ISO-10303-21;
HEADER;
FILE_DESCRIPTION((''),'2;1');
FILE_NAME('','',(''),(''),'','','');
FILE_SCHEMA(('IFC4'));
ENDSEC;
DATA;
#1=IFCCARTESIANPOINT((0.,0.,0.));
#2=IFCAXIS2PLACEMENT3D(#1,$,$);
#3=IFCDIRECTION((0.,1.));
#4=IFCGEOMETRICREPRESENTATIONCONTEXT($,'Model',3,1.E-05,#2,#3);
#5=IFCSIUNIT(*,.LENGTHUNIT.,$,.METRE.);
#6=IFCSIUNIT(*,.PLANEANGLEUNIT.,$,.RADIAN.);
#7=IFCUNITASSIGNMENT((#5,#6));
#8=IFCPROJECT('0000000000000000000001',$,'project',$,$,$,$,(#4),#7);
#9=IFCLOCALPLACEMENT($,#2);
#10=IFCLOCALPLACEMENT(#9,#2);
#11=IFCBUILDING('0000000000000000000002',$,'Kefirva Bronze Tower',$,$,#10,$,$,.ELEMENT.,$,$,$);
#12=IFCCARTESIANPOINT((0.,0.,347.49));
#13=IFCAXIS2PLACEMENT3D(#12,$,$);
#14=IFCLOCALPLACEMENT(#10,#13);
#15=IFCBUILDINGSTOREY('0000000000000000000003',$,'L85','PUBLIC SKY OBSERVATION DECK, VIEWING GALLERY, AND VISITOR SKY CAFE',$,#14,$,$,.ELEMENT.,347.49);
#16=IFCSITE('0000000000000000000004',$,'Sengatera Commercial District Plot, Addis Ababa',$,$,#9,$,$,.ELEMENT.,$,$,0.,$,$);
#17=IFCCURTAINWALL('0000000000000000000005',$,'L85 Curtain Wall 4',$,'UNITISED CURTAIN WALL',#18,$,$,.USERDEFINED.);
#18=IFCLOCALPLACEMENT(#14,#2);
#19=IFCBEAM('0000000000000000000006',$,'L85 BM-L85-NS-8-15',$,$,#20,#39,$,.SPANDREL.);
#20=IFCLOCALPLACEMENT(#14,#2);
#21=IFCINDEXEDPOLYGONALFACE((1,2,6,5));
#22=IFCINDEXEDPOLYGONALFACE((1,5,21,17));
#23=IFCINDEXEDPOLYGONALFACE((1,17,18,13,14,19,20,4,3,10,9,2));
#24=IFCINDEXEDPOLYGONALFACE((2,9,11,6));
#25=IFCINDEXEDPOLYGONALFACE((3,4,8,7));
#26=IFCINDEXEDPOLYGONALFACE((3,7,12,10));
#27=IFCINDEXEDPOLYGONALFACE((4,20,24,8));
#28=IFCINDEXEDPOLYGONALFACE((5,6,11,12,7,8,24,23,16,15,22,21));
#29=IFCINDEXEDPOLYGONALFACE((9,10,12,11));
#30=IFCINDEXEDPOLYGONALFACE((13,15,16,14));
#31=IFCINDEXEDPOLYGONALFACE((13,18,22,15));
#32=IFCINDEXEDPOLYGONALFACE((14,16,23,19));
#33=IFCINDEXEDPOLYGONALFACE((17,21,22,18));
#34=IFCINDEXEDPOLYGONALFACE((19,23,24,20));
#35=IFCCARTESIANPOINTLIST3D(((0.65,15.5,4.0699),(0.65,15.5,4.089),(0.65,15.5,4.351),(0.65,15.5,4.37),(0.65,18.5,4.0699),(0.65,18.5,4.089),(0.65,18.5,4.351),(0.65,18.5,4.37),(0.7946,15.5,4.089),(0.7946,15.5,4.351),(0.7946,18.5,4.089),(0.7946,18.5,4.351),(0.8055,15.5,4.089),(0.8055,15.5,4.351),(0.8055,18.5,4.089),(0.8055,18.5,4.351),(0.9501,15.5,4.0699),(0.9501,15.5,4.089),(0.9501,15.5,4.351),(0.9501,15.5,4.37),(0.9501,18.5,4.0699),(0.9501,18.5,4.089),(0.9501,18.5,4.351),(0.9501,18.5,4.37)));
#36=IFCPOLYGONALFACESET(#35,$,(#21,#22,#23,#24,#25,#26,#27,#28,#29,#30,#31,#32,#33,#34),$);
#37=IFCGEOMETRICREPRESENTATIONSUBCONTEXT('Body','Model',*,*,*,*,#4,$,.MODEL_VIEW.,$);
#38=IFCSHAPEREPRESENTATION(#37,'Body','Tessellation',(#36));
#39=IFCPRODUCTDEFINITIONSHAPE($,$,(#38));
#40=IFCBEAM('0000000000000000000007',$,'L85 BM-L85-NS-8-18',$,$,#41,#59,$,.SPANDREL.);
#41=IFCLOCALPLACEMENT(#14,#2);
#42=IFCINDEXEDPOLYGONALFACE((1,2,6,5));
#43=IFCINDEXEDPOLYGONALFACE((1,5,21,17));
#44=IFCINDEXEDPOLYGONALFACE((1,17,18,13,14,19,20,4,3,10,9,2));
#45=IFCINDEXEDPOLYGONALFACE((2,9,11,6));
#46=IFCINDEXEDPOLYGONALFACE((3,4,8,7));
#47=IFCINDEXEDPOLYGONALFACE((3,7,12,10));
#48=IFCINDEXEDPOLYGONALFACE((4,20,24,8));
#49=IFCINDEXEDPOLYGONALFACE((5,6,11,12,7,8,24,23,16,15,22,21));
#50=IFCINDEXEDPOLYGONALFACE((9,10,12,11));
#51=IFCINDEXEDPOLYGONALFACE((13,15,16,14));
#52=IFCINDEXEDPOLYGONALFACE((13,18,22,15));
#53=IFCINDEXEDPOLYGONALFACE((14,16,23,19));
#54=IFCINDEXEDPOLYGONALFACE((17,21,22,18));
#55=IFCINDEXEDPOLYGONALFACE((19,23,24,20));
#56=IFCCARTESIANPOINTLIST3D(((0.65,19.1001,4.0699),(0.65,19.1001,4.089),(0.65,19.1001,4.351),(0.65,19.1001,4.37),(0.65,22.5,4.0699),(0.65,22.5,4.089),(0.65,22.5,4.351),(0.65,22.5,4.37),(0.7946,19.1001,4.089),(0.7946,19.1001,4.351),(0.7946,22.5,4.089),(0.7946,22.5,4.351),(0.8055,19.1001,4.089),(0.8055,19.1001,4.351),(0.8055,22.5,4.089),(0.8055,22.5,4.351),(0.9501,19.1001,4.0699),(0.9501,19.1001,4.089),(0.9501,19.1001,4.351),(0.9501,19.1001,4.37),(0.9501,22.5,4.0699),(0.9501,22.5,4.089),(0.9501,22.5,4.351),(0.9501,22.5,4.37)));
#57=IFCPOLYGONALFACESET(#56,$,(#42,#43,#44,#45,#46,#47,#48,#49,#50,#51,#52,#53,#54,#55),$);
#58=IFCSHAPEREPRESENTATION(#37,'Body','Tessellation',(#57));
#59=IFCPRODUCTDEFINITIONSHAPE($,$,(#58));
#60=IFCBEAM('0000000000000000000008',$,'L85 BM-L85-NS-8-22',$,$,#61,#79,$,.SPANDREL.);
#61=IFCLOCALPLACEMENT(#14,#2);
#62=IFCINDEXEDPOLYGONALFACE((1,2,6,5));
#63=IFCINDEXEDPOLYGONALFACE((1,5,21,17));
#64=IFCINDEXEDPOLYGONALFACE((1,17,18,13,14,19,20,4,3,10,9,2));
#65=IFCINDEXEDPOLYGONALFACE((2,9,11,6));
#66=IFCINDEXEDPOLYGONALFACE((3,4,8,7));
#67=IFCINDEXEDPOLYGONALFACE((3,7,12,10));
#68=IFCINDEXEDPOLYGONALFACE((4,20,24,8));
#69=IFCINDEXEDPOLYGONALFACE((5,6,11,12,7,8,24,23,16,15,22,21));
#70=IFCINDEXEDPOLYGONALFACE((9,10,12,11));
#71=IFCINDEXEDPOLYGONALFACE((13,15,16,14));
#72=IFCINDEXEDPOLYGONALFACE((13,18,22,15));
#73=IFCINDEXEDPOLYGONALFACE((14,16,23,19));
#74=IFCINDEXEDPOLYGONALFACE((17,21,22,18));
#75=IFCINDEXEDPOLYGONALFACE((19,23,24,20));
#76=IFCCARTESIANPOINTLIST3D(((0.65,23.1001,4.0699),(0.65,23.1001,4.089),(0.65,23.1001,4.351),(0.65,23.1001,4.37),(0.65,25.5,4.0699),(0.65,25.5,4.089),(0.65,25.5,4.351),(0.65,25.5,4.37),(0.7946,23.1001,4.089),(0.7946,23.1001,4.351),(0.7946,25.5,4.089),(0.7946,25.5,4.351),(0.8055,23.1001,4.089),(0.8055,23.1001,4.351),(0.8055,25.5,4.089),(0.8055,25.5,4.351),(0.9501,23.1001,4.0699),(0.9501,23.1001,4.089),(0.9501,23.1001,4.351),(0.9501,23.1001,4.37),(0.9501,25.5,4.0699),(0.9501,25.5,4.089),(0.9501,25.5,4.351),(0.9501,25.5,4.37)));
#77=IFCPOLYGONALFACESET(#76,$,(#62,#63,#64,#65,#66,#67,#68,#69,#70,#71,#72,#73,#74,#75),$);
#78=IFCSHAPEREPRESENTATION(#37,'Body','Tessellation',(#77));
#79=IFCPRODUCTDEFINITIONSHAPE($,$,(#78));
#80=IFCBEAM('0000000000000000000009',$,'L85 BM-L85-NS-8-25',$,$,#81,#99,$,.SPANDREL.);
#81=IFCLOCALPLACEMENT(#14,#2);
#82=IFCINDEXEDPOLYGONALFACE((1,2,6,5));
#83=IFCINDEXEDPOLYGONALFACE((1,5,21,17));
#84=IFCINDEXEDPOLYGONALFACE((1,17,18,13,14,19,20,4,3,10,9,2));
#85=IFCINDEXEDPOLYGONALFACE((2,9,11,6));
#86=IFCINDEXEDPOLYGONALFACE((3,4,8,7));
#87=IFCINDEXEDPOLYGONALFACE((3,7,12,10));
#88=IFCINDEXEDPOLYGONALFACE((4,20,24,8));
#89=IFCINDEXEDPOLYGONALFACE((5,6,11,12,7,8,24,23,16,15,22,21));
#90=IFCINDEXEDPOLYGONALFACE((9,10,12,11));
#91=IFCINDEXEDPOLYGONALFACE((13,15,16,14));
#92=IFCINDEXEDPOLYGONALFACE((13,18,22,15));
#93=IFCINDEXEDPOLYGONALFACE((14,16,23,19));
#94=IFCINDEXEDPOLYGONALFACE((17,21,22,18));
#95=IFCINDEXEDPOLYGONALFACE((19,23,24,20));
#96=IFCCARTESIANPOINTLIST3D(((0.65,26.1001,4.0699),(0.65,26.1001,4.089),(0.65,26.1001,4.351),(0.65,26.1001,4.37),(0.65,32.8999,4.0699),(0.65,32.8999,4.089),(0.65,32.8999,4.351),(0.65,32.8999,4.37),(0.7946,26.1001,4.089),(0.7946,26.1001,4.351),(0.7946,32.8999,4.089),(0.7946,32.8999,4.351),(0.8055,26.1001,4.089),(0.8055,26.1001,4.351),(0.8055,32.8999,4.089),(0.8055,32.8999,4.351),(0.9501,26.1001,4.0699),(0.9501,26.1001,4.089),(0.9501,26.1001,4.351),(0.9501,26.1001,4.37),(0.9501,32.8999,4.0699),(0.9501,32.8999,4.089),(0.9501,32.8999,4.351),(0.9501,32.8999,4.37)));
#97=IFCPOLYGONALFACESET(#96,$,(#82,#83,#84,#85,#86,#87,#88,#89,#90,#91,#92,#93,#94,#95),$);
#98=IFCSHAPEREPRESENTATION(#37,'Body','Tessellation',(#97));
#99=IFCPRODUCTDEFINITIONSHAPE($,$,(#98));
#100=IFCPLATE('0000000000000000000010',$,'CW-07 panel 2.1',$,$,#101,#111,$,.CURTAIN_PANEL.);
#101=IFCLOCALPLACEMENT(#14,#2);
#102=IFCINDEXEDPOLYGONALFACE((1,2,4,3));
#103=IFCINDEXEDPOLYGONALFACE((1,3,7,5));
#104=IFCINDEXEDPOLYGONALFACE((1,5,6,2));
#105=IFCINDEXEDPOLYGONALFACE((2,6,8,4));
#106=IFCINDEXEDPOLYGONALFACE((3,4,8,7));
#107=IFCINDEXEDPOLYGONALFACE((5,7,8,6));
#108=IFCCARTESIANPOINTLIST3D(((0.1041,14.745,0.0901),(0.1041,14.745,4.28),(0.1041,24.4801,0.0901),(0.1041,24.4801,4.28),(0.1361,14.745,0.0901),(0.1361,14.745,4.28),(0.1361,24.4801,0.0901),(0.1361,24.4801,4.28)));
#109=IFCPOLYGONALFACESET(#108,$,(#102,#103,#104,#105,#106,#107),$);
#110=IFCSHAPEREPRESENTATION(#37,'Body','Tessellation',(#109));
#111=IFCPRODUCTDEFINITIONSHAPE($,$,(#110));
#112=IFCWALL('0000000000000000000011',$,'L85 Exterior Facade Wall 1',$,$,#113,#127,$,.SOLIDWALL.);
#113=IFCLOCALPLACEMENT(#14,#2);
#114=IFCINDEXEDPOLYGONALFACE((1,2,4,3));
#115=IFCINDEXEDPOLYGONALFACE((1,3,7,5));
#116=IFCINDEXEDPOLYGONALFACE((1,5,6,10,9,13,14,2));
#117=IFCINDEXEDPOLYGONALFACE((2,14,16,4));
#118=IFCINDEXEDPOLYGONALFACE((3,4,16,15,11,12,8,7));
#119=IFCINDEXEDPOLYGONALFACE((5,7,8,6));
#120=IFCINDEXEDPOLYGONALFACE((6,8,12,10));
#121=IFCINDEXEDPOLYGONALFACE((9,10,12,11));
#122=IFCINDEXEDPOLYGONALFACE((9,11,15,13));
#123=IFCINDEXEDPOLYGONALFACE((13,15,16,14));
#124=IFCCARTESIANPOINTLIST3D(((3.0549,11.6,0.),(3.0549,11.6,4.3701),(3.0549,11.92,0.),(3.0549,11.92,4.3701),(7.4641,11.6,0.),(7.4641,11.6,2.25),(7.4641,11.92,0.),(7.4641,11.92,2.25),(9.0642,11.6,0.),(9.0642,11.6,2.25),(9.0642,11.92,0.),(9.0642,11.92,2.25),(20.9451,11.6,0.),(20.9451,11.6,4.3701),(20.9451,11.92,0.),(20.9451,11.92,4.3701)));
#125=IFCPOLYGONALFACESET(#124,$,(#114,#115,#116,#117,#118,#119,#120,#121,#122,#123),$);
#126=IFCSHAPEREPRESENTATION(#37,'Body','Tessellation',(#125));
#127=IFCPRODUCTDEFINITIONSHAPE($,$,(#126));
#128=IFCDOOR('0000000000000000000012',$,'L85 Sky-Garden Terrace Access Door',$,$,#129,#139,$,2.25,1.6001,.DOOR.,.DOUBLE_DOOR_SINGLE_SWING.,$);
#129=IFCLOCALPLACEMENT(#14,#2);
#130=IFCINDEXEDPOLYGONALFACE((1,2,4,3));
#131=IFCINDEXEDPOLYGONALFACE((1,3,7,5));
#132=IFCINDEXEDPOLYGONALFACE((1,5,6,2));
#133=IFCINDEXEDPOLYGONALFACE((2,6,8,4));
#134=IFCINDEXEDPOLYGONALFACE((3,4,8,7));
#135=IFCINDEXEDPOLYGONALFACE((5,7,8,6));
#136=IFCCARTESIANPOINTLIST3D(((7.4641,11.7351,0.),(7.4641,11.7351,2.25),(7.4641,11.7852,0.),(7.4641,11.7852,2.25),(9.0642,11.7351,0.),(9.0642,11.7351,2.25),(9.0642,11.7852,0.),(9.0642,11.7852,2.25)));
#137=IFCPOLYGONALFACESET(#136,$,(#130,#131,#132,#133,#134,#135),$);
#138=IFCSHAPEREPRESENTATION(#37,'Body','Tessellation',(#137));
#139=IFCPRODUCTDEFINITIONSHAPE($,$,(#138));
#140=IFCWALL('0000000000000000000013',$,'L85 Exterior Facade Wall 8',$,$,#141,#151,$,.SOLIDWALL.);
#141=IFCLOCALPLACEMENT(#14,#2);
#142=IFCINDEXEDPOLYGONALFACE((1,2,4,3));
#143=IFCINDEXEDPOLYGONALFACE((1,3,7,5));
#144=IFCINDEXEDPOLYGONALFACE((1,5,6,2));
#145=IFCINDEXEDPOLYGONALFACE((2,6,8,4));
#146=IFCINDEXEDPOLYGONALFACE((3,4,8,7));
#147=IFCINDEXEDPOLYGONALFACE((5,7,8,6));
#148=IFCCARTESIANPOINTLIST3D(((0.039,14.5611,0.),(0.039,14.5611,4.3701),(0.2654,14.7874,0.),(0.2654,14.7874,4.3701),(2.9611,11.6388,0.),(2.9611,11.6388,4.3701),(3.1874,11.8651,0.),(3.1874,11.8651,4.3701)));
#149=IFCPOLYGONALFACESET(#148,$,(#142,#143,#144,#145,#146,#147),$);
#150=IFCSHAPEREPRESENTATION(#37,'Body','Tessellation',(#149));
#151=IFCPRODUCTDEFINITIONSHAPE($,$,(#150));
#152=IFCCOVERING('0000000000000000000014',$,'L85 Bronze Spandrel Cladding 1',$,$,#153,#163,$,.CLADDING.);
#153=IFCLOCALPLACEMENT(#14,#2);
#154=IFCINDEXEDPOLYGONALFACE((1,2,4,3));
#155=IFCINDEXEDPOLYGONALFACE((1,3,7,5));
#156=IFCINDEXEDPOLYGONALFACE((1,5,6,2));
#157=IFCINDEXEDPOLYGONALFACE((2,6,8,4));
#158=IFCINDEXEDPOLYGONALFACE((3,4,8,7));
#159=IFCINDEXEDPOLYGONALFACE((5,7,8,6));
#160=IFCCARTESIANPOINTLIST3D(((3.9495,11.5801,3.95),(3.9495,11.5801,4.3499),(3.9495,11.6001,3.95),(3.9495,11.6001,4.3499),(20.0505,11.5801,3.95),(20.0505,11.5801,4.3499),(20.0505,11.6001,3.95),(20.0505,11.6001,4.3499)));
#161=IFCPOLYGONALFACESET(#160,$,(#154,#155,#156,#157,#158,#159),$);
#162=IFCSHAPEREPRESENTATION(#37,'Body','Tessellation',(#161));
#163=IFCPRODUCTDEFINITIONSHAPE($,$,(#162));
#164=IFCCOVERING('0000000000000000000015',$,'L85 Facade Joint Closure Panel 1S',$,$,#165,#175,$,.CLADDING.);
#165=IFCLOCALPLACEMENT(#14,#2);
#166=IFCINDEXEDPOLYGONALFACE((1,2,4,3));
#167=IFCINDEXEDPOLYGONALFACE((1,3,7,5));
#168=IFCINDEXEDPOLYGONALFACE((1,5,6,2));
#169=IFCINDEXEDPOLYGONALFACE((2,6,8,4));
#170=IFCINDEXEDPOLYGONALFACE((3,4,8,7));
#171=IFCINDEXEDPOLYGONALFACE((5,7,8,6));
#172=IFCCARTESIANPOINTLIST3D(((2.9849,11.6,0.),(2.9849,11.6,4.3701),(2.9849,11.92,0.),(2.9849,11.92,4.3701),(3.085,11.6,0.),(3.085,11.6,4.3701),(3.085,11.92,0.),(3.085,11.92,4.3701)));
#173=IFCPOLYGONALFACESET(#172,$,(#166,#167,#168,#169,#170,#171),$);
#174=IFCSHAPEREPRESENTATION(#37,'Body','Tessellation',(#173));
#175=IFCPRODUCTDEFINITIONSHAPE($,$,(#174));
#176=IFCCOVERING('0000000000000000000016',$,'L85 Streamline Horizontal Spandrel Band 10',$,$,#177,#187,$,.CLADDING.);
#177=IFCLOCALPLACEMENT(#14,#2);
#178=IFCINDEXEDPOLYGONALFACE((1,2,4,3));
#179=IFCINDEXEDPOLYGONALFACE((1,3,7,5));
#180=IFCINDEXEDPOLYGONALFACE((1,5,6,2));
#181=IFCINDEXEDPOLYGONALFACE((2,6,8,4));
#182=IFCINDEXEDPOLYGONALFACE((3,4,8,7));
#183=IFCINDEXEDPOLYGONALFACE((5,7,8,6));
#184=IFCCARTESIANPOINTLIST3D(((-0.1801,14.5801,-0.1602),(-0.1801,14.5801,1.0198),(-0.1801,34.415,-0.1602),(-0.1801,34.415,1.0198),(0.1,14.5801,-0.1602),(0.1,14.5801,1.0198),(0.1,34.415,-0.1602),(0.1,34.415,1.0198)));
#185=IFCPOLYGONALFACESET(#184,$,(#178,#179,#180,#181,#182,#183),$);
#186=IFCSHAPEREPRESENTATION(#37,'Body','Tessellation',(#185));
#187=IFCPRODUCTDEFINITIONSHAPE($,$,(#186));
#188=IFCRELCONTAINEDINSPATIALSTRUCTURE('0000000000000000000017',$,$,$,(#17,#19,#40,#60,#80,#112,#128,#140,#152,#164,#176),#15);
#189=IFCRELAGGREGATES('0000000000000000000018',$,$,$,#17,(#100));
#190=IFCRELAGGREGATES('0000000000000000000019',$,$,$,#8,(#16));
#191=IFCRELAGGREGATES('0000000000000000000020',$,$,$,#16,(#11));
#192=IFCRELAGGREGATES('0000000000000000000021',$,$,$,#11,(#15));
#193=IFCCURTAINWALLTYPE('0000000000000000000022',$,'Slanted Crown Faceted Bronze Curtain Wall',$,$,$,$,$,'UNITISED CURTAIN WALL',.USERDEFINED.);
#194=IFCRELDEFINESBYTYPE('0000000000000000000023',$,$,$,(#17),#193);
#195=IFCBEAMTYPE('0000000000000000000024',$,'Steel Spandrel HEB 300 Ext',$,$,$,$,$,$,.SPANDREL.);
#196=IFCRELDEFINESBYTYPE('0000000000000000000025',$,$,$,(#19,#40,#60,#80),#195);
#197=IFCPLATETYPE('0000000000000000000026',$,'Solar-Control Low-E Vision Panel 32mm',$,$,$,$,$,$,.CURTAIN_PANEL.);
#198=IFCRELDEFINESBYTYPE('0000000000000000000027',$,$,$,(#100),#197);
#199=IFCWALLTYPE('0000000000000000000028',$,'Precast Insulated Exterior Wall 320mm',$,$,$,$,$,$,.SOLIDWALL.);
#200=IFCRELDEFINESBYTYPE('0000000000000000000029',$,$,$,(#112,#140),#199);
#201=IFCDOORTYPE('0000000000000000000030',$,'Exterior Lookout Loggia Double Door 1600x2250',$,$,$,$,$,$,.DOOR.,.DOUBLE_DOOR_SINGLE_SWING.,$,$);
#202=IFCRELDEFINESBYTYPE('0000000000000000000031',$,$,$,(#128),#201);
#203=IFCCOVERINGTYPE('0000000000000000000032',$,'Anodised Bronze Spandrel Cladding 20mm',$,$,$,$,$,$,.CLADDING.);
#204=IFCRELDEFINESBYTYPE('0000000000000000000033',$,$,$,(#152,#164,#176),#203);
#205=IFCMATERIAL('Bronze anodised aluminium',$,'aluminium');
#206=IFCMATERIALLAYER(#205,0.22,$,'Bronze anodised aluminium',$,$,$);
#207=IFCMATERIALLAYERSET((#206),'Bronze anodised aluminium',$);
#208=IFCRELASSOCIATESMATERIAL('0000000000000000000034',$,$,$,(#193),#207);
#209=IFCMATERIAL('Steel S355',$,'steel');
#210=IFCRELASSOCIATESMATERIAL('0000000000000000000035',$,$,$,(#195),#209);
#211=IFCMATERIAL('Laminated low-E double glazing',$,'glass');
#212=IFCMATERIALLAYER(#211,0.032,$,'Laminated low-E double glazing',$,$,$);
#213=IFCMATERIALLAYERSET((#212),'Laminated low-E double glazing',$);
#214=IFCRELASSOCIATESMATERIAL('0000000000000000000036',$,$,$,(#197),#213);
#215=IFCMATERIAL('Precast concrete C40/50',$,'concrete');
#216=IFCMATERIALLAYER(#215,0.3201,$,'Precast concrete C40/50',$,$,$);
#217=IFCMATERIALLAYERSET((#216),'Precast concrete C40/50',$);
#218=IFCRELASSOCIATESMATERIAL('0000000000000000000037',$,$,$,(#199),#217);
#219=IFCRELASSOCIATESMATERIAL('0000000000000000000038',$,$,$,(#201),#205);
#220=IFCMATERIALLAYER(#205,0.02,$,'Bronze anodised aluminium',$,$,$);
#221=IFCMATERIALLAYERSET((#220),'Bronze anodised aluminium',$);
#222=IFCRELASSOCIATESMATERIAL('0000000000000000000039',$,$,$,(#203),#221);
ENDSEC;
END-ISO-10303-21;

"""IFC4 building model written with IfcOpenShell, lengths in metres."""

from ifc_helpers import new_model, si_unit, direction, frame, frame_2d, origin, origin_2d, place, context, subcontext, project, spatial, rectangle, i_section, extrude, material, layer, layer_set, material_profile, profile_set, type_object, element, fill, aggregate, save


model = new_model("IFC4")

# Units and contexts
model_context = context("Model", 3, precision=1e-05, world=origin(), true_north=direction((0.0, 1.0)))
body_context = subcontext(model_context, "Body", "Model", "MODEL_VIEW")
ifc_project = project(units=[si_unit("LENGTHUNIT", "METRE"), si_unit("PLANEANGLEUNIT", "RADIAN")], contexts=[model_context])

# Site, building, storey
site_placement = place(None, origin())
site = spatial("IfcSite", under=ifc_project, at=site_placement, Name="Sengatera Commercial District Plot, Addis Ababa", CompositionType="ELEMENT", RefElevation=0.0)
building_placement = place(site_placement, origin())
building = spatial("IfcBuilding", under=site, at=building_placement, Name="Kefirva Bronze Tower", CompositionType="ELEMENT")
storey_placement = place(building_placement, frame((0.0, 0.0, 347.49)))
storey = spatial("IfcBuildingStorey", under=building, at=storey_placement, Name="L85", Description="PUBLIC SKY OBSERVATION DECK, VIEWING GALLERY, AND VISITOR SKY CAFE", CompositionType="ELEMENT", Elevation=347.49)

# Curtain wall
ifc_material_1 = material(Name="Bronze anodised aluminium", Category="aluminium")
ifc_layer_1 = layer(ifc_material_1, 0.22, Name="Bronze anodised aluminium")
ifc_layer_set_1 = layer_set([ifc_layer_1], Name="Bronze anodised aluminium")
curtain_wall_type = type_object("IfcCurtainWallType", Name="Slanted Crown Faceted Bronze Curtain Wall", ElementType="UNITISED CURTAIN WALL", PredefinedType="USERDEFINED", material=ifc_layer_set_1)
curtain_wall_placement = place(storey_placement, origin())
curtain_wall = element("IfcCurtainWall", 1, at=curtain_wall_placement, inside=storey, type_object=curtain_wall_type, Name="L85 Curtain Wall 4", ObjectType="UNITISED CURTAIN WALL", PredefinedType="USERDEFINED")

# Beams
ifc_material_2 = material(Name="Steel S355", Category="steel")
ifc_material_profile_1 = material_profile(ifc_material_2, i_section(OverallWidth=0.3, OverallDepth=0.3, WebThickness=0.011, FlangeThickness=0.019, at=origin_2d()), Name="HEB 300")
ifc_profile_set_1 = profile_set([ifc_material_profile_1], Name="Steel S355")
beam_type_1 = type_object("IfcBeamType", Name="Steel Spandrel HEB 300 Ext", PredefinedType="SPANDREL", material=ifc_profile_set_1)
beam_1_placement = place(storey_placement, frame((0.8, 15.5, 4.22), z_axis=(0.0, 1.0, 0.0), x_axis=(-1.0, 0.0, 0.0)))
element("IfcBeam", 2, at=beam_1_placement, inside=storey, type_object=beam_type_1, Name="L85 BM-L85-NS-8-15", PredefinedType="SPANDREL", context=body_context, shape_type="SweptSolid", body=[
    extrude(i_section(OverallWidth=0.3, OverallDepth=0.3, WebThickness=0.011, FlangeThickness=0.019, at=origin_2d()), origin(), (0.0, 0.0, 1.0), 3.0),
])
beam_2_placement = place(storey_placement, frame((0.8, 19.1001, 4.22), z_axis=(0.0, 1.0, 0.0), x_axis=(-1.0, 0.0, 0.0)))
element("IfcBeam", 3, at=beam_2_placement, inside=storey, type_object=beam_type_1, Name="L85 BM-L85-NS-8-18", PredefinedType="SPANDREL", context=body_context, shape_type="SweptSolid", body=[
    extrude(i_section(OverallWidth=0.3, OverallDepth=0.3, WebThickness=0.011, FlangeThickness=0.019, at=origin_2d()), origin(), (0.0, 0.0, 1.0), 3.3999),
])
beam_3_placement = place(storey_placement, frame((0.8, 23.1001, 4.22), z_axis=(0.0, 1.0, 0.0), x_axis=(-1.0, 0.0, 0.0)))
element("IfcBeam", 4, at=beam_3_placement, inside=storey, type_object=beam_type_1, Name="L85 BM-L85-NS-8-22", PredefinedType="SPANDREL", context=body_context, shape_type="SweptSolid", body=[
    extrude(i_section(OverallWidth=0.3, OverallDepth=0.3, WebThickness=0.011, FlangeThickness=0.019, at=origin_2d()), origin(), (0.0, 0.0, 1.0), 2.3999),
])
beam_4_placement = place(storey_placement, frame((0.8, 26.1001, 4.22), z_axis=(0.0, 1.0, 0.0), x_axis=(-1.0, 0.0, 0.0)))
element("IfcBeam", 5, at=beam_4_placement, inside=storey, type_object=beam_type_1, Name="L85 BM-L85-NS-8-25", PredefinedType="SPANDREL", context=body_context, shape_type="SweptSolid", body=[
    extrude(i_section(OverallWidth=0.3, OverallDepth=0.3, WebThickness=0.011, FlangeThickness=0.019, at=origin_2d()), origin(), (0.0, 0.0, 1.0), 6.7998),
])

# Plate
ifc_material_3 = material(Name="Laminated low-E double glazing", Category="glass")
ifc_layer_2 = layer(ifc_material_3, 0.032, Name="Laminated low-E double glazing")
ifc_layer_set_2 = layer_set([ifc_layer_2], Name="Laminated low-E double glazing")
plate_type = type_object("IfcPlateType", Name="Solar-Control Low-E Vision Panel 32mm", PredefinedType="CURTAIN_PANEL", material=ifc_layer_set_2)
plate_placement = place(storey_placement, frame((0.1201, 19.6125, 0.0901), z_axis=(0.0, 0.0, 1.0), x_axis=(0.0, -1.0, 0.0)))
plate = element("IfcPlate", 6, at=plate_placement, type_object=plate_type, Name="CW-07 panel 2.1", PredefinedType="CURTAIN_PANEL", context=body_context, shape_type="SweptSolid", body=[
    extrude(rectangle(XDim=9.7351, YDim=0.032, at=origin_2d()), origin(), (0.0, 0.0, 1.0), 4.1899),
])
aggregate(curtain_wall, [plate])

# Wall, opening, door
ifc_material_4 = material(Name="Precast concrete C40/50", Category="concrete")
ifc_layer_3 = layer(ifc_material_4, 0.3201, Name="Precast concrete C40/50")
ifc_layer_set_3 = layer_set([ifc_layer_3], Name="Precast concrete C40/50")
wall_type = type_object("IfcWallType", Name="Precast Insulated Exterior Wall 320mm", PredefinedType="SOLIDWALL", material=ifc_layer_set_3)
wall_1_placement = place(storey_placement, frame((3.0549, 11.76, 0.0), z_axis=(0.0, 0.0, 1.0), x_axis=(1.0, 0.0, 0.0)))
wall_1 = element("IfcWall", 7, at=wall_1_placement, inside=storey, type_object=wall_type, Name="L85 Exterior Facade Wall 1", PredefinedType="SOLIDWALL", context=body_context, shape_type="SweptSolid", body=[
    extrude(rectangle(XDim=17.8901, YDim=0.3201, at=frame_2d((8.9451, 0.0))), origin(), (0.0, 0.0, 1.0), 4.3701),
])
opening_placement = place(wall_1_placement, frame((6.0093, 0.0, 0.0), z_axis=(0.0, 0.0, 1.0), x_axis=(-1.0, 0.0, 0.0)))
opening = element("IfcOpeningElement", 8, at=opening_placement, cuts=wall_1, PredefinedType="OPENING", context=body_context, shape_type="SweptSolid", body=[
    extrude(rectangle(XDim=1.6001, YDim=2.25, at=frame_2d((0.8, 1.125))), frame((0.0, 0.1699, 0.0), z_axis=(0.0, -1.0, 0.0), x_axis=(1.0, 0.0, 0.0)), (0.0, 0.0, 1.0), 0.3401),
])
door_type = type_object("IfcDoorType", Name="Exterior Lookout Loggia Double Door 1600x2250", OperationType="DOUBLE_DOOR_SINGLE_SWING", PredefinedType="DOOR", material=ifc_material_1)
door_placement = place(opening_placement, origin())
door = element("IfcDoor", 9, at=door_placement, inside=storey, type_object=door_type, Name="L85 Sky-Garden Terrace Access Door", OperationType="DOUBLE_DOOR_SINGLE_SWING", OverallHeight=2.25, OverallWidth=1.6001, PredefinedType="DOOR", context=body_context, shape_type="SweptSolid", body=[
    extrude(rectangle(XDim=1.6001, YDim=2.25, at=frame_2d((0.8, 1.125))), frame((0.0, 0.0249, 0.0), z_axis=(0.0, -1.0, 0.0), x_axis=(1.0, 0.0, 0.0)), (0.0, 0.0, 1.0), 0.05),
])
fill(opening, door)

# Wall
wall_2_placement = place(storey_placement, frame((0.1521, 14.6743, 0.0), z_axis=(0.0, 0.0, 1.0), x_axis=(0.707077, -0.707136, 0.0)))
element("IfcWall", 10, at=wall_2_placement, inside=storey, type_object=wall_type, Name="L85 Exterior Facade Wall 8", PredefinedType="SOLIDWALL", context=body_context, shape_type="SweptSolid", body=[
    extrude(rectangle(XDim=4.1326, YDim=0.3201, at=frame_2d((2.0664, 0.0))), origin(), (0.0, 0.0, 1.0), 4.3701),
])

# Coverings
ifc_layer_4 = layer(ifc_material_1, 0.02, Name="Bronze anodised aluminium")
ifc_layer_set_4 = layer_set([ifc_layer_4], Name="Bronze anodised aluminium")
covering_type_1 = type_object("IfcCoveringType", Name="Anodised Bronze Spandrel Cladding 20mm", PredefinedType="CLADDING", material=ifc_layer_set_4)
covering_1_placement = place(storey_placement, frame((12.0, 11.5901, 3.95), z_axis=(0.0, 0.0, 1.0), x_axis=(1.0, 0.0, 0.0)))
element("IfcCovering", 11, at=covering_1_placement, inside=storey, type_object=covering_type_1, Name="L85 Bronze Spandrel Cladding 1", PredefinedType="CLADDING", context=body_context, shape_type="SweptSolid", body=[
    extrude(rectangle(XDim=16.1011, YDim=0.02, at=origin_2d()), origin(), (0.0, 0.0, 1.0), 0.3999),
])
covering_2_placement = place(storey_placement, frame((3.0349, 11.76, 0.0), z_axis=(0.0, 0.0, 1.0), x_axis=(1.0, 0.0, 0.0)))
element("IfcCovering", 12, at=covering_2_placement, inside=storey, type_object=covering_type_1, Name="L85 Facade Joint Closure Panel 1S", PredefinedType="CLADDING", context=body_context, shape_type="SweptSolid", body=[
    extrude(rectangle(XDim=0.1001, YDim=0.3201, at=origin_2d()), origin(), (0.0, 0.0, 1.0), 4.3701),
])
covering_3_placement = place(storey_placement, frame((-0.04, 24.4976, -0.1602), z_axis=(0.0, 0.0, 1.0), x_axis=(0.0, -1.0, 0.0)))
element("IfcCovering", 13, at=covering_3_placement, inside=storey, type_object=covering_type_1, Name="L85 Streamline Horizontal Spandrel Band 10", PredefinedType="CLADDING", context=body_context, shape_type="SweptSolid", body=[
    extrude(rectangle(XDim=19.835, YDim=0.28, at=origin_2d()), origin(), (0.0, 0.0, 1.0), 1.1799),
])

save(model, "model.ifc")
